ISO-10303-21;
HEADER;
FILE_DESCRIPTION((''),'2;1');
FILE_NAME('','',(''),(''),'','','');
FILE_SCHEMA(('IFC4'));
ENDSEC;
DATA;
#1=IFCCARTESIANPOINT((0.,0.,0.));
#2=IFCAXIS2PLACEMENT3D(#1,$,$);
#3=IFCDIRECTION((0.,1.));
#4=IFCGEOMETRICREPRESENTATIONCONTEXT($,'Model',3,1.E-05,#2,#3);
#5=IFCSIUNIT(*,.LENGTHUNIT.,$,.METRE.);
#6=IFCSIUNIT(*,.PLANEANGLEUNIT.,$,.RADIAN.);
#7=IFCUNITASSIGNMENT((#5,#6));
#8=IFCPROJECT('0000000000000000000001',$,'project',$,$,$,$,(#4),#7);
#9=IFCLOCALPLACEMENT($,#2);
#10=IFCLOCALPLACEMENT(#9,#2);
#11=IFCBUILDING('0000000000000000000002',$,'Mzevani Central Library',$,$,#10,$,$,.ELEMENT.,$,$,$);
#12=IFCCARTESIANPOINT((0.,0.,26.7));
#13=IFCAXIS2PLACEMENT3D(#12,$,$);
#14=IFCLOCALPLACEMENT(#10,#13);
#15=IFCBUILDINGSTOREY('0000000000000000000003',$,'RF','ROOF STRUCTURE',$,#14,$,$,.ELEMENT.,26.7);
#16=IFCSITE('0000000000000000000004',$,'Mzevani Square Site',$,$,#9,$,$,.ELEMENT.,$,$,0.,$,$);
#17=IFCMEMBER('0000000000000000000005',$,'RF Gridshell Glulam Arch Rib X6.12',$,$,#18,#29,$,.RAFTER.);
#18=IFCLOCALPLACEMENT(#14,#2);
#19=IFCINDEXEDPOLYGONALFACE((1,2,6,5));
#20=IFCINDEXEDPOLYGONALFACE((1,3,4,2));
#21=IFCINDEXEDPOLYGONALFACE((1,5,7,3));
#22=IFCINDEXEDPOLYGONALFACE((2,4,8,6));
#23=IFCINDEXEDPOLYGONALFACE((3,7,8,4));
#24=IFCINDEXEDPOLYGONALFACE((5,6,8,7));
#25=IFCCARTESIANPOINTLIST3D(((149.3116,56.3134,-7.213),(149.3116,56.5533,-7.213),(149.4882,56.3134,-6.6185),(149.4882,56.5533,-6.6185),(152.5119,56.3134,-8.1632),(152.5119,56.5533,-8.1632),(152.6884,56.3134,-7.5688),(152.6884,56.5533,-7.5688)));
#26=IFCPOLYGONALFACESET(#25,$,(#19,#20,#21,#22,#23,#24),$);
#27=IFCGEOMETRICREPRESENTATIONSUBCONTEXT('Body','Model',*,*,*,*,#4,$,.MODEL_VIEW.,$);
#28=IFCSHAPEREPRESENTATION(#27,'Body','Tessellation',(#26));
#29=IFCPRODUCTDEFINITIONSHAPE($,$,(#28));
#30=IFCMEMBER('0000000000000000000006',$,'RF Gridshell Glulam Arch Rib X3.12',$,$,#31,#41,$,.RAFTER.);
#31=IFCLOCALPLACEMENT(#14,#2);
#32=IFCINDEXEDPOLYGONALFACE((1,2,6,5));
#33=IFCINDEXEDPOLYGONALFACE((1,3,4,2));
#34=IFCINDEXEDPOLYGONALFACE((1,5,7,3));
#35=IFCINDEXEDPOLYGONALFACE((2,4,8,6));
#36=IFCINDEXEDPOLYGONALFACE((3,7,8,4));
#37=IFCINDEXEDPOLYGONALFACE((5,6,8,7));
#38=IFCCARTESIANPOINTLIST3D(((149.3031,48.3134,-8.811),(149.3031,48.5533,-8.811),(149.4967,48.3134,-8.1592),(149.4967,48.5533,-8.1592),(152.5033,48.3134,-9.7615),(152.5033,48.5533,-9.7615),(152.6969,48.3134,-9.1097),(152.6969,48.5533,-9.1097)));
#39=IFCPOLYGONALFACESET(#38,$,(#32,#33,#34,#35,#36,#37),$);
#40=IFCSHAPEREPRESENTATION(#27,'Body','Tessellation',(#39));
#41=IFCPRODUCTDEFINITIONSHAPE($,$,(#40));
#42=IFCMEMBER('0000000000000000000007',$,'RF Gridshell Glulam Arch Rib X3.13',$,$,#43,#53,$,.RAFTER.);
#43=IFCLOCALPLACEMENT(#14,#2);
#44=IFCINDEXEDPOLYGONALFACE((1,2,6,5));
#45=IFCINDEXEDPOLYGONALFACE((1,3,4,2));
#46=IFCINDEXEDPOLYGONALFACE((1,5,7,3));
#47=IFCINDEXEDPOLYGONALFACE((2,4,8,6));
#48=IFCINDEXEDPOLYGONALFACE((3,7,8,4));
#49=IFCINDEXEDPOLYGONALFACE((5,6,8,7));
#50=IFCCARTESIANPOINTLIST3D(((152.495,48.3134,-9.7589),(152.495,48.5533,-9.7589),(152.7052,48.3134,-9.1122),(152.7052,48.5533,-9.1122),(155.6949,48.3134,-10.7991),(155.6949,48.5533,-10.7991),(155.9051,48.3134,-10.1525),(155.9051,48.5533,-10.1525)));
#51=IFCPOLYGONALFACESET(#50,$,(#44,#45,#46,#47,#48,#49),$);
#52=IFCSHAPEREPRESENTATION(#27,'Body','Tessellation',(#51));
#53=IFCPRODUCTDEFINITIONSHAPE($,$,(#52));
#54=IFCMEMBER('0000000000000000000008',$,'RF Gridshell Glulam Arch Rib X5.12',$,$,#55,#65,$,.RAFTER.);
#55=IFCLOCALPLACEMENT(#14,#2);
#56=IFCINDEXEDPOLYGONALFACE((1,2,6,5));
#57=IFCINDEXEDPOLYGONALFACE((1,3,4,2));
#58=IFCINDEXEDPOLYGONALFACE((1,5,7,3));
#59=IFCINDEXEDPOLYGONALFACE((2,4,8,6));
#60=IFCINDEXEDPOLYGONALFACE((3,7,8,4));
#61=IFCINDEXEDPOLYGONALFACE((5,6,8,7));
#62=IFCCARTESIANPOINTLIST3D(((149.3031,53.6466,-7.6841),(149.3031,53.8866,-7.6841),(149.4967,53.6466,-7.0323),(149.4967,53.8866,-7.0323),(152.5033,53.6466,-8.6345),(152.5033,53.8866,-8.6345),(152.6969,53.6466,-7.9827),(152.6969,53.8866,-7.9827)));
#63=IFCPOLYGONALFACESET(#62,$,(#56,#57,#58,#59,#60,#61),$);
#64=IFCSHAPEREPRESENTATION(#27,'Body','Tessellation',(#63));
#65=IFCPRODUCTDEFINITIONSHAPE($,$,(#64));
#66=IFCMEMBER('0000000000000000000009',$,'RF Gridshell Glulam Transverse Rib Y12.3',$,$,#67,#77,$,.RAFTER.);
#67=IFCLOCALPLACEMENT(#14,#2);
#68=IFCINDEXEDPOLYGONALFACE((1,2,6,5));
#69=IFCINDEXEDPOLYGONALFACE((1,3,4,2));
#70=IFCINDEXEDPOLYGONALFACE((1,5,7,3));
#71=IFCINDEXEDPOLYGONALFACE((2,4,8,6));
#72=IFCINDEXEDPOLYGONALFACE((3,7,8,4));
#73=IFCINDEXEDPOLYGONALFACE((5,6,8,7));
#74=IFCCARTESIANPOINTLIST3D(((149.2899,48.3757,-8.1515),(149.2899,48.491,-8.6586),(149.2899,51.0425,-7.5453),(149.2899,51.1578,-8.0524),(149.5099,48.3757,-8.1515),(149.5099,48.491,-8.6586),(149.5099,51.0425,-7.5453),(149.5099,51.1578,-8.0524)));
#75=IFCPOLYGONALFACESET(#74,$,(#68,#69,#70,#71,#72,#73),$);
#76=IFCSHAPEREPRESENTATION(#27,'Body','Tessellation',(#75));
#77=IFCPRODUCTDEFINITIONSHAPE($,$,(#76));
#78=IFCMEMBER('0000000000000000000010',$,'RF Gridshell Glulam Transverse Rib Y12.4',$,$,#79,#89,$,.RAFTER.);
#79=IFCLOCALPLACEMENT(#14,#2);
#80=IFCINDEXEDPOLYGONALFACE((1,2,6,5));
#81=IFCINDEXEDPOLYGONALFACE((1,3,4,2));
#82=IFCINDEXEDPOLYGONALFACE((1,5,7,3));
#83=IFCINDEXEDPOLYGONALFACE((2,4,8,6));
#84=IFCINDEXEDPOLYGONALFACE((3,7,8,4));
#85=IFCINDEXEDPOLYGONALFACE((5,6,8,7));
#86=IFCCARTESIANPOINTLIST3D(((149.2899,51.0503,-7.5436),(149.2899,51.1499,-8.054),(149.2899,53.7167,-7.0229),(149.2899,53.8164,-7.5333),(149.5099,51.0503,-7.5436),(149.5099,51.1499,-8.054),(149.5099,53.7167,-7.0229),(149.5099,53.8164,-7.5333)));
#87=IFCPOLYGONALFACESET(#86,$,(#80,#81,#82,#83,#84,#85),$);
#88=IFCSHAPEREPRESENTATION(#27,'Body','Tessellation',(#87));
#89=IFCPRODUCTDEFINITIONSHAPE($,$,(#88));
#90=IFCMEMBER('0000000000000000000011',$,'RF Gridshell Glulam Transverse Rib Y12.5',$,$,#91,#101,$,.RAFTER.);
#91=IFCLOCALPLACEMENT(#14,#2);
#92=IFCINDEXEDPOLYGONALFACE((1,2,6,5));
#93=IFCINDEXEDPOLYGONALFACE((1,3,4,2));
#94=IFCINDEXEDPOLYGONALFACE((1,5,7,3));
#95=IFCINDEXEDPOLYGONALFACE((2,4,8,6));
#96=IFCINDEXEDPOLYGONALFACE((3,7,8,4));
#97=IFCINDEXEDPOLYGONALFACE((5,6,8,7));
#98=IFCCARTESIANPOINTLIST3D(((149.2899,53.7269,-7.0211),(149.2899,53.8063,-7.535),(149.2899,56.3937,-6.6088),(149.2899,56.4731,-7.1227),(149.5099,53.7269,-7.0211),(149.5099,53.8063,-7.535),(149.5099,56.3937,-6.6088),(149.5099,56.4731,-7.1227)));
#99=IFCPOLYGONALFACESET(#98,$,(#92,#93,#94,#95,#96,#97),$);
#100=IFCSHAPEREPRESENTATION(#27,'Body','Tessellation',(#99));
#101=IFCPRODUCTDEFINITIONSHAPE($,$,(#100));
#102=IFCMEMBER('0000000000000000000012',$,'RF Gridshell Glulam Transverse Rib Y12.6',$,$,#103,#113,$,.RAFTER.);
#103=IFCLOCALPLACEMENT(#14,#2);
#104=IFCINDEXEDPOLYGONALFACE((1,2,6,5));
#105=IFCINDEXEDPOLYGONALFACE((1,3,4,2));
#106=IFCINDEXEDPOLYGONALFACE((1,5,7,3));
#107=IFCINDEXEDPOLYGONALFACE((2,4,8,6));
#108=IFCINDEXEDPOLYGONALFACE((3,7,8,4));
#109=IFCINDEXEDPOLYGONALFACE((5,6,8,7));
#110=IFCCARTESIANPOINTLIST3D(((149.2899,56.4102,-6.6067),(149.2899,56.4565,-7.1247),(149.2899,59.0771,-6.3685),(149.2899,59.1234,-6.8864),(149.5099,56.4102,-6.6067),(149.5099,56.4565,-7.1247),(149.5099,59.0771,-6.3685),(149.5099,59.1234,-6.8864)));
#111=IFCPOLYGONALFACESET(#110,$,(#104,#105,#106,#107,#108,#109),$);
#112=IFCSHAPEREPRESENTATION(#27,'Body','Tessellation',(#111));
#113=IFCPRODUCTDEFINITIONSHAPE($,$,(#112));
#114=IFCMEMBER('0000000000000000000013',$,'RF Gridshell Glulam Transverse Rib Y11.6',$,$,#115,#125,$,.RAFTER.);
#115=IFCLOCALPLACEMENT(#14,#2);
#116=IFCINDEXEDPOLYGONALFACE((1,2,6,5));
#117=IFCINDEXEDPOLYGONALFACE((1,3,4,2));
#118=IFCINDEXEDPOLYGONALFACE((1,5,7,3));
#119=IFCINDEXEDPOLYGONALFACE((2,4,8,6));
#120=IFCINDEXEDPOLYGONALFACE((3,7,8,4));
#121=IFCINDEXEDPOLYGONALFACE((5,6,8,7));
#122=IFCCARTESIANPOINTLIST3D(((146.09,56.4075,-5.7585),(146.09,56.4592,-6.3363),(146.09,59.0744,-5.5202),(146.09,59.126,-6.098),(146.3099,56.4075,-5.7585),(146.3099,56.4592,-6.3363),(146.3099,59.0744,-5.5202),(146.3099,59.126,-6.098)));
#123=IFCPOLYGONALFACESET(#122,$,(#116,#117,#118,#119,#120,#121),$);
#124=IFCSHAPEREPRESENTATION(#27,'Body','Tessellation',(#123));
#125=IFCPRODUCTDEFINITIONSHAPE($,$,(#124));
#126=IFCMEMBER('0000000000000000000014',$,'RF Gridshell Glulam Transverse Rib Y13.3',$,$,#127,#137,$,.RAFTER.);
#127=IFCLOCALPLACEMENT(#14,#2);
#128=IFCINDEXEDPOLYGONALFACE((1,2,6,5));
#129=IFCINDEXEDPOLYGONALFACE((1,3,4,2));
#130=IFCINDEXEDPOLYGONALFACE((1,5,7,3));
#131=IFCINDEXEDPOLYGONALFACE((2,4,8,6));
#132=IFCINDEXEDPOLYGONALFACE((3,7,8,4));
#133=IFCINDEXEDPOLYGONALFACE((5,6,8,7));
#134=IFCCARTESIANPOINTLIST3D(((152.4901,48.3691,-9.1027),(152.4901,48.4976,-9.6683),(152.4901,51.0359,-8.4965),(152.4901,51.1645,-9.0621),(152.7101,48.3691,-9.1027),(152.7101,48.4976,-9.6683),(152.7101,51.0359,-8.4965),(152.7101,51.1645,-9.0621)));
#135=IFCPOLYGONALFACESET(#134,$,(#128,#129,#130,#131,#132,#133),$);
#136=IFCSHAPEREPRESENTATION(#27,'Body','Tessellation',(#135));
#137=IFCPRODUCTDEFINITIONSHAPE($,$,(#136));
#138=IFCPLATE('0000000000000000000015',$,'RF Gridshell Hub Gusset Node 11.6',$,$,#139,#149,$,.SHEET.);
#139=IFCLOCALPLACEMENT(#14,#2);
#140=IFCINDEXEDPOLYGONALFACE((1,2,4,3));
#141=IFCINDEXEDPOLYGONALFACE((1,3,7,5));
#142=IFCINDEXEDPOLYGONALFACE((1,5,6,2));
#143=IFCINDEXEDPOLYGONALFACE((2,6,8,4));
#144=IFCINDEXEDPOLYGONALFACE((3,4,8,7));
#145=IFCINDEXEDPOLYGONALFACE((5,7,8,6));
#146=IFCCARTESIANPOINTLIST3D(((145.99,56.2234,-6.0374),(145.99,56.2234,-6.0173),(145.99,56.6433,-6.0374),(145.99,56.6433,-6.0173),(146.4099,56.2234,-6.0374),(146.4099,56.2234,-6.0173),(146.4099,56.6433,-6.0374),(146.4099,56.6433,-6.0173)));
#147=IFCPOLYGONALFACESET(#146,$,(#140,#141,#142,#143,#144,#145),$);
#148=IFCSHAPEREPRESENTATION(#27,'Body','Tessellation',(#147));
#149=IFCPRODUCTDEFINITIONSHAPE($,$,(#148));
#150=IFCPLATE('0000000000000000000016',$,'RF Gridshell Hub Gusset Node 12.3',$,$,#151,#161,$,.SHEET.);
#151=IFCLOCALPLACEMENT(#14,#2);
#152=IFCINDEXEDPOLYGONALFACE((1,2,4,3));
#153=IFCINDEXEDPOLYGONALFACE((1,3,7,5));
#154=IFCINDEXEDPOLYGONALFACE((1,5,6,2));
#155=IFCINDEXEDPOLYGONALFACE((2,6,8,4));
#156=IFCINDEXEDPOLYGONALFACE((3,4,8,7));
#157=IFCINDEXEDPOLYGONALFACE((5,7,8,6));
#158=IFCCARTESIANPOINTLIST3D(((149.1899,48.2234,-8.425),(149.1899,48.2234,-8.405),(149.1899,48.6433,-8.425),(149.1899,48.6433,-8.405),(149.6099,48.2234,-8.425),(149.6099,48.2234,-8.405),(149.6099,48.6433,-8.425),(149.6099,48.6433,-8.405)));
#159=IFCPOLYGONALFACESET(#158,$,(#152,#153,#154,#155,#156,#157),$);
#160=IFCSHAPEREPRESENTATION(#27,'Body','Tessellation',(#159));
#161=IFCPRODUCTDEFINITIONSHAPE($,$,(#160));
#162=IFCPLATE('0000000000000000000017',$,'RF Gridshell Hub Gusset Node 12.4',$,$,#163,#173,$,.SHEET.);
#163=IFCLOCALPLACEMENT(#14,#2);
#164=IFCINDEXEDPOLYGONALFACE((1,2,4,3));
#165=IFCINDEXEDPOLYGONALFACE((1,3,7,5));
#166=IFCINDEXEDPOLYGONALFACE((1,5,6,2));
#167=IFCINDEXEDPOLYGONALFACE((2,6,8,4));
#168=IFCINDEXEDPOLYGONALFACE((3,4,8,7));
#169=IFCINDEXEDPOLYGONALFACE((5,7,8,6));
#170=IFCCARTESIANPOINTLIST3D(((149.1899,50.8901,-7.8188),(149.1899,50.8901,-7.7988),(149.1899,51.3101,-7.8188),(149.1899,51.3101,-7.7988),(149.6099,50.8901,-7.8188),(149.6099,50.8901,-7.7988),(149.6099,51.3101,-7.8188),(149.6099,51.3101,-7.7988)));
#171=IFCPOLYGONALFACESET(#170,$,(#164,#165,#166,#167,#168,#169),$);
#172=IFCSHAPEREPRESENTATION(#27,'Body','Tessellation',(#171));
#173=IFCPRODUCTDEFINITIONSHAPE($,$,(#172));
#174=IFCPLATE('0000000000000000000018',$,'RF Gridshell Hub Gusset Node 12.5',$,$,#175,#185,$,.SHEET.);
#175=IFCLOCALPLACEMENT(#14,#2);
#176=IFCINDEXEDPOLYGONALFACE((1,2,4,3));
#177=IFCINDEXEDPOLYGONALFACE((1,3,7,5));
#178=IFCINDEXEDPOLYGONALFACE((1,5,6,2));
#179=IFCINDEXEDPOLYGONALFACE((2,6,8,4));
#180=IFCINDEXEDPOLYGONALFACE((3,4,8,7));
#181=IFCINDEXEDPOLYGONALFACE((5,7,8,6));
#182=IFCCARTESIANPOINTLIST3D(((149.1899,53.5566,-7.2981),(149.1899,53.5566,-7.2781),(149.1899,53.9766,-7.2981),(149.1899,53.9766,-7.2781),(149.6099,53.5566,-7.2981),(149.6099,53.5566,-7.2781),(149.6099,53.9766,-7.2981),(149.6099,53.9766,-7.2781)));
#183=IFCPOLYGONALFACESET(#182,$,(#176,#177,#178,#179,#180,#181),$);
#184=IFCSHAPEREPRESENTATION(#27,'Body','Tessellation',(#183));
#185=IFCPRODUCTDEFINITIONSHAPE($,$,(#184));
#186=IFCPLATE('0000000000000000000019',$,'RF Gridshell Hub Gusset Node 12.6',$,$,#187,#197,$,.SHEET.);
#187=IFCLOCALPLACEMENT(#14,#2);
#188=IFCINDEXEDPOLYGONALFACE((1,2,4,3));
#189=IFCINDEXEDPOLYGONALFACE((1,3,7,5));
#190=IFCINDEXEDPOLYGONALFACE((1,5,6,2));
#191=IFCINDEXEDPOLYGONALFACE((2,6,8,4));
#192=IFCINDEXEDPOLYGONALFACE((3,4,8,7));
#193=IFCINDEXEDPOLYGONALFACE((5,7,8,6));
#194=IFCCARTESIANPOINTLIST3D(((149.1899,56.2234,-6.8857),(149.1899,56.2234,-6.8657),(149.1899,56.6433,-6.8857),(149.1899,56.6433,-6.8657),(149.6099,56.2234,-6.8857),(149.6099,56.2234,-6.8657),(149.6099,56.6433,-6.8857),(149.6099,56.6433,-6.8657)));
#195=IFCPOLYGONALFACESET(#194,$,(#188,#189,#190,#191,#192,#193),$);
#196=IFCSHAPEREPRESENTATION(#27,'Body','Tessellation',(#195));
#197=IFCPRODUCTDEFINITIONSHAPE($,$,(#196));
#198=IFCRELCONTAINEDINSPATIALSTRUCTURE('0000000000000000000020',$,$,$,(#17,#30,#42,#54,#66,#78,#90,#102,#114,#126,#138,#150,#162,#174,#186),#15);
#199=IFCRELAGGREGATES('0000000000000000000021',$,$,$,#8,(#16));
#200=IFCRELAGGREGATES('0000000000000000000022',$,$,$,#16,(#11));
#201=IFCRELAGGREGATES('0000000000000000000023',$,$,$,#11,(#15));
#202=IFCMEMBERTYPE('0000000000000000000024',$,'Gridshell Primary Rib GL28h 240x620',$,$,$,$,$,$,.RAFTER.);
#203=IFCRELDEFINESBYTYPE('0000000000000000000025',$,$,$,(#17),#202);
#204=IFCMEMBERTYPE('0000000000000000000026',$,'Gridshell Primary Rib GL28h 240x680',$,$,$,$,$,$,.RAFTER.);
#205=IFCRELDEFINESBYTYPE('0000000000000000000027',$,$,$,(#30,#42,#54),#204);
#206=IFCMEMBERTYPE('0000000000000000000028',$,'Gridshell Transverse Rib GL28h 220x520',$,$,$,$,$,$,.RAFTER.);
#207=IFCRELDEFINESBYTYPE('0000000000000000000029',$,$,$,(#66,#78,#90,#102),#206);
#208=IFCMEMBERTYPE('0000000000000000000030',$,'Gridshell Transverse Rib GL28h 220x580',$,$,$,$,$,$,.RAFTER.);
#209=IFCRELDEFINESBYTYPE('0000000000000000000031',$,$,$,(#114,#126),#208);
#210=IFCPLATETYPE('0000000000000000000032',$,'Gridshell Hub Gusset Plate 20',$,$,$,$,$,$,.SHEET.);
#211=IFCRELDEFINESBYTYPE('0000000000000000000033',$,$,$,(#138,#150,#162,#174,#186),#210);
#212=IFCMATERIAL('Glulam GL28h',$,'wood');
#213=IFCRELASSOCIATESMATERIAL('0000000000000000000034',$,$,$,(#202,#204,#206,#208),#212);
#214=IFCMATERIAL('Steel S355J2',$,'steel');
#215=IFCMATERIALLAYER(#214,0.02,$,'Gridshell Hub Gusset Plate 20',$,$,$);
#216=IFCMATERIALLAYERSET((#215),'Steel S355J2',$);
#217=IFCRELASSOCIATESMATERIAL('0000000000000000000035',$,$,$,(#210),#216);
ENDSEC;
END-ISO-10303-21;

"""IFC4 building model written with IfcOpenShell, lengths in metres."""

from ifc_helpers import new_model, si_unit, direction, frame, origin, origin_2d, place, context, subcontext, project, spatial, rectangle, extrude, material, layer, layer_set, material_profile, profile_set, type_object, element, save


model = new_model("IFC4")

# Units and contexts
model_context = context("Model", 3, precision=1e-05, world=origin(), true_north=direction((0.0, 1.0)))
body_context = subcontext(model_context, "Body", "Model", "MODEL_VIEW")
ifc_project = project(units=[si_unit("LENGTHUNIT", "METRE"), si_unit("PLANEANGLEUNIT", "RADIAN")], contexts=[model_context])

# Site, building, storey
site_placement = place(None, origin())
site = spatial("IfcSite", under=ifc_project, at=site_placement, Name="Mzevani Square Site", CompositionType="ELEMENT", RefElevation=0.0)
building_placement = place(site_placement, origin())
building = spatial("IfcBuilding", under=site, at=building_placement, Name="Mzevani Central Library", CompositionType="ELEMENT")
storey_placement = place(building_placement, frame((0.0, 0.0, 26.7)))
storey = spatial("IfcBuildingStorey", under=building, at=storey_placement, Name="RF", Description="ROOF STRUCTURE", CompositionType="ELEMENT", Elevation=26.7)

# Members
ifc_material_1 = material(Name="Steel S355J2", Category="steel")
ifc_material_2 = material(Name="Glulam GL28h", Category="wood")
ifc_material_profile_1 = material_profile(ifc_material_2, rectangle(XDim=0.24, YDim=0.6201, at=origin_2d()), Name="GL28h 240x620")
ifc_profile_set_1 = profile_set([ifc_material_profile_1], Name="Glulam GL28h")
member_type_1 = type_object("IfcMemberType", Name="Gridshell Primary Rib GL28h 240x620", PredefinedType="RAFTER", material=ifc_profile_set_1)
member_1_placement = place(storey_placement, frame((149.3999, 56.4333, -6.9158), z_axis=(0.958636, 0.0, -0.284636), x_axis=(0.0, 1.0, 0.0)))
element("IfcMember", 1, at=member_1_placement, inside=storey, type_object=member_type_1, Name="RF Gridshell Glulam Arch Rib X6.12", PredefinedType="RAFTER", context=body_context, shape_type="SweptSolid", body=[
    extrude(rectangle(XDim=0.24, YDim=0.6201, at=origin_2d()), origin(), (0.0, 0.0, 1.0), 3.3384),
])
ifc_material_profile_2 = material_profile(ifc_material_2, rectangle(XDim=0.24, YDim=0.6799, at=origin_2d()), Name="GL28h 240x680")
ifc_profile_set_2 = profile_set([ifc_material_profile_2], Name="Glulam GL28h")
member_type_2 = type_object("IfcMemberType", Name="Gridshell Primary Rib GL28h 240x680", PredefinedType="RAFTER", material=ifc_profile_set_2)
member_2_placement = place(storey_placement, frame((149.3999, 48.4333, -8.4851), z_axis=(0.958616, 0.0, -0.284703), x_axis=(0.0, 1.0, 0.0)))
element("IfcMember", 2, at=member_2_placement, inside=storey, type_object=member_type_2, Name="RF Gridshell Glulam Arch Rib X3.12", PredefinedType="RAFTER", context=body_context, shape_type="SweptSolid", body=[
    extrude(rectangle(XDim=0.24, YDim=0.6799, at=origin_2d()), origin(), (0.0, 0.0, 1.0), 3.3384),
])
member_3_placement = place(storey_placement, frame((152.6001, 48.4333, -9.4355), z_axis=(0.951008, 0.0, -0.309166), x_axis=(0.0, 1.0, 0.0)))
element("IfcMember", 3, at=member_3_placement, inside=storey, type_object=member_type_2, Name="RF Gridshell Glulam Arch Rib X3.13", PredefinedType="RAFTER", context=body_context, shape_type="SweptSolid", body=[
    extrude(rectangle(XDim=0.24, YDim=0.6799, at=origin_2d()), origin(), (0.0, 0.0, 1.0), 3.3647),
])
member_4_placement = place(storey_placement, frame((149.3999, 53.7666, -7.3582), z_axis=(0.958616, 0.0, -0.284703), x_axis=(0.0, 1.0, 0.0)))
element("IfcMember", 4, at=member_4_placement, inside=storey, type_object=member_type_2, Name="RF Gridshell Glulam Arch Rib X5.12", PredefinedType="RAFTER", context=body_context, shape_type="SweptSolid", body=[
    extrude(rectangle(XDim=0.24, YDim=0.6799, at=origin_2d()), origin(), (0.0, 0.0, 1.0), 3.3384),
])
ifc_material_profile_3 = material_profile(ifc_material_2, rectangle(XDim=0.22, YDim=0.52, at=origin_2d()), Name="GL28h 220x520")
ifc_profile_set_3 = profile_set([ifc_material_profile_3], Name="Glulam GL28h")
member_type_3 = type_object("IfcMemberType", Name="Gridshell Transverse Rib GL28h 220x520", PredefinedType="RAFTER", material=ifc_profile_set_3)
member_5_placement = place(storey_placement, frame((149.3999, 48.4333, -8.405), z_axis=(0.0, 0.975123, 0.221664), x_axis=(-1.0, 0.0, 0.0)))
element("IfcMember", 5, at=member_5_placement, inside=storey, type_object=member_type_3, Name="RF Gridshell Glulam Transverse Rib Y12.3", PredefinedType="RAFTER", context=body_context, shape_type="SweptSolid", body=[
    extrude(rectangle(XDim=0.22, YDim=0.52, at=origin_2d()), origin(), (0.0, 0.0, 1.0), 2.7349),
])
member_6_placement = place(storey_placement, frame((149.3999, 51.1001, -7.7988), z_axis=(0.0, 0.981459, 0.191673), x_axis=(-1.0, 0.0, 0.0)))
element("IfcMember", 6, at=member_6_placement, inside=storey, type_object=member_type_3, Name="RF Gridshell Glulam Transverse Rib Y12.4", PredefinedType="RAFTER", context=body_context, shape_type="SweptSolid", body=[
    extrude(rectangle(XDim=0.22, YDim=0.52, at=origin_2d()), origin(), (0.0, 0.0, 1.0), 2.7168),
])
member_7_placement = place(storey_placement, frame((149.3999, 53.7666, -7.2781), z_axis=(0.0, 0.988255, 0.152812), x_axis=(-1.0, 0.0, 0.0)))
element("IfcMember", 7, at=member_7_placement, inside=storey, type_object=member_type_3, Name="RF Gridshell Glulam Transverse Rib Y12.5", PredefinedType="RAFTER", context=body_context, shape_type="SweptSolid", body=[
    extrude(rectangle(XDim=0.22, YDim=0.52, at=origin_2d()), origin(), (0.0, 0.0, 1.0), 2.6985),
])
member_8_placement = place(storey_placement, frame((149.3999, 56.4333, -6.8657), z_axis=(0.0, 0.996032, 0.088998), x_axis=(-1.0, 0.0, 0.0)))
element("IfcMember", 8, at=member_8_placement, inside=storey, type_object=member_type_3, Name="RF Gridshell Glulam Transverse Rib Y12.6", PredefinedType="RAFTER", context=body_context, shape_type="SweptSolid", body=[
    extrude(rectangle(XDim=0.22, YDim=0.52, at=origin_2d()), origin(), (0.0, 0.0, 1.0), 2.6775),
])
ifc_material_profile_4 = material_profile(ifc_material_2, rectangle(XDim=0.22, YDim=0.5801, at=origin_2d()), Name="GL28h 220x580")
ifc_profile_set_4 = profile_set([ifc_material_profile_4], Name="Glulam GL28h")
member_type_4 = type_object("IfcMemberType", Name="Gridshell Transverse Rib GL28h 220x580", PredefinedType="RAFTER", material=ifc_profile_set_4)
member_9_placement = place(storey_placement, frame((146.2, 56.4333, -6.0474), z_axis=(0.0, 0.996032, 0.088998), x_axis=(-1.0, 0.0, 0.0)))
element("IfcMember", 9, at=member_9_placement, inside=storey, type_object=member_type_4, Name="RF Gridshell Glulam Transverse Rib Y11.6", PredefinedType="RAFTER", context=body_context, shape_type="SweptSolid", body=[
    extrude(rectangle(XDim=0.22, YDim=0.5801, at=origin_2d()), origin(), (0.0, 0.0, 1.0), 2.6775),
])
member_10_placement = place(storey_placement, frame((152.6001, 48.4333, -9.3855), z_axis=(0.0, 0.975123, 0.221664), x_axis=(-1.0, 0.0, 0.0)))
element("IfcMember", 10, at=member_10_placement, inside=storey, type_object=member_type_4, Name="RF Gridshell Glulam Transverse Rib Y13.3", PredefinedType="RAFTER", context=body_context, shape_type="SweptSolid", body=[
    extrude(rectangle(XDim=0.22, YDim=0.5801, at=origin_2d()), origin(), (0.0, 0.0, 1.0), 2.7349),
])

# Plates
ifc_layer_1 = layer(ifc_material_1, 0.02, Name="Gridshell Hub Gusset Plate 20")
ifc_layer_set_1 = layer_set([ifc_layer_1], Name="Steel S355J2")
plate_type = type_object("IfcPlateType", Name="Gridshell Hub Gusset Plate 20", PredefinedType="SHEET", material=ifc_layer_set_1)
for number, where, z_axis, x_axis, name in (
    (11, (146.2, 56.4333, -6.0374), (0.0, 0.0, 1.0), (1.0, 0.0, 0.0), "RF Gridshell Hub Gusset Node 11.6"),
    (12, (149.3999, 48.4333, -8.425), (0.0, 0.0, 1.0), (1.0, 0.0, 0.0), "RF Gridshell Hub Gusset Node 12.3"),
    (13, (149.3999, 51.1001, -7.8188), (0.0, 0.0, 1.0), (1.0, 0.0, 0.0), "RF Gridshell Hub Gusset Node 12.4"),
    (14, (149.3999, 53.7666, -7.2981), (0.0, 0.0, 1.0), (1.0, 0.0, 0.0), "RF Gridshell Hub Gusset Node 12.5"),
    (15, (149.3999, 56.4333, -6.8857), (0.0, 0.0, 1.0), (1.0, 0.0, 0.0), "RF Gridshell Hub Gusset Node 12.6"),
):
    element("IfcPlate", number, at=place(storey_placement, frame(where, z_axis=z_axis, x_axis=x_axis)), inside=storey, type_object=plate_type, Name=name, PredefinedType="SHEET", context=body_context, shape_type="SweptSolid", body=[
        extrude(rectangle(XDim=0.4199, YDim=0.4199, at=origin_2d()), origin(), (0.0, 0.0, 1.0), 0.02),
    ])

save(model, "model.ifc")
